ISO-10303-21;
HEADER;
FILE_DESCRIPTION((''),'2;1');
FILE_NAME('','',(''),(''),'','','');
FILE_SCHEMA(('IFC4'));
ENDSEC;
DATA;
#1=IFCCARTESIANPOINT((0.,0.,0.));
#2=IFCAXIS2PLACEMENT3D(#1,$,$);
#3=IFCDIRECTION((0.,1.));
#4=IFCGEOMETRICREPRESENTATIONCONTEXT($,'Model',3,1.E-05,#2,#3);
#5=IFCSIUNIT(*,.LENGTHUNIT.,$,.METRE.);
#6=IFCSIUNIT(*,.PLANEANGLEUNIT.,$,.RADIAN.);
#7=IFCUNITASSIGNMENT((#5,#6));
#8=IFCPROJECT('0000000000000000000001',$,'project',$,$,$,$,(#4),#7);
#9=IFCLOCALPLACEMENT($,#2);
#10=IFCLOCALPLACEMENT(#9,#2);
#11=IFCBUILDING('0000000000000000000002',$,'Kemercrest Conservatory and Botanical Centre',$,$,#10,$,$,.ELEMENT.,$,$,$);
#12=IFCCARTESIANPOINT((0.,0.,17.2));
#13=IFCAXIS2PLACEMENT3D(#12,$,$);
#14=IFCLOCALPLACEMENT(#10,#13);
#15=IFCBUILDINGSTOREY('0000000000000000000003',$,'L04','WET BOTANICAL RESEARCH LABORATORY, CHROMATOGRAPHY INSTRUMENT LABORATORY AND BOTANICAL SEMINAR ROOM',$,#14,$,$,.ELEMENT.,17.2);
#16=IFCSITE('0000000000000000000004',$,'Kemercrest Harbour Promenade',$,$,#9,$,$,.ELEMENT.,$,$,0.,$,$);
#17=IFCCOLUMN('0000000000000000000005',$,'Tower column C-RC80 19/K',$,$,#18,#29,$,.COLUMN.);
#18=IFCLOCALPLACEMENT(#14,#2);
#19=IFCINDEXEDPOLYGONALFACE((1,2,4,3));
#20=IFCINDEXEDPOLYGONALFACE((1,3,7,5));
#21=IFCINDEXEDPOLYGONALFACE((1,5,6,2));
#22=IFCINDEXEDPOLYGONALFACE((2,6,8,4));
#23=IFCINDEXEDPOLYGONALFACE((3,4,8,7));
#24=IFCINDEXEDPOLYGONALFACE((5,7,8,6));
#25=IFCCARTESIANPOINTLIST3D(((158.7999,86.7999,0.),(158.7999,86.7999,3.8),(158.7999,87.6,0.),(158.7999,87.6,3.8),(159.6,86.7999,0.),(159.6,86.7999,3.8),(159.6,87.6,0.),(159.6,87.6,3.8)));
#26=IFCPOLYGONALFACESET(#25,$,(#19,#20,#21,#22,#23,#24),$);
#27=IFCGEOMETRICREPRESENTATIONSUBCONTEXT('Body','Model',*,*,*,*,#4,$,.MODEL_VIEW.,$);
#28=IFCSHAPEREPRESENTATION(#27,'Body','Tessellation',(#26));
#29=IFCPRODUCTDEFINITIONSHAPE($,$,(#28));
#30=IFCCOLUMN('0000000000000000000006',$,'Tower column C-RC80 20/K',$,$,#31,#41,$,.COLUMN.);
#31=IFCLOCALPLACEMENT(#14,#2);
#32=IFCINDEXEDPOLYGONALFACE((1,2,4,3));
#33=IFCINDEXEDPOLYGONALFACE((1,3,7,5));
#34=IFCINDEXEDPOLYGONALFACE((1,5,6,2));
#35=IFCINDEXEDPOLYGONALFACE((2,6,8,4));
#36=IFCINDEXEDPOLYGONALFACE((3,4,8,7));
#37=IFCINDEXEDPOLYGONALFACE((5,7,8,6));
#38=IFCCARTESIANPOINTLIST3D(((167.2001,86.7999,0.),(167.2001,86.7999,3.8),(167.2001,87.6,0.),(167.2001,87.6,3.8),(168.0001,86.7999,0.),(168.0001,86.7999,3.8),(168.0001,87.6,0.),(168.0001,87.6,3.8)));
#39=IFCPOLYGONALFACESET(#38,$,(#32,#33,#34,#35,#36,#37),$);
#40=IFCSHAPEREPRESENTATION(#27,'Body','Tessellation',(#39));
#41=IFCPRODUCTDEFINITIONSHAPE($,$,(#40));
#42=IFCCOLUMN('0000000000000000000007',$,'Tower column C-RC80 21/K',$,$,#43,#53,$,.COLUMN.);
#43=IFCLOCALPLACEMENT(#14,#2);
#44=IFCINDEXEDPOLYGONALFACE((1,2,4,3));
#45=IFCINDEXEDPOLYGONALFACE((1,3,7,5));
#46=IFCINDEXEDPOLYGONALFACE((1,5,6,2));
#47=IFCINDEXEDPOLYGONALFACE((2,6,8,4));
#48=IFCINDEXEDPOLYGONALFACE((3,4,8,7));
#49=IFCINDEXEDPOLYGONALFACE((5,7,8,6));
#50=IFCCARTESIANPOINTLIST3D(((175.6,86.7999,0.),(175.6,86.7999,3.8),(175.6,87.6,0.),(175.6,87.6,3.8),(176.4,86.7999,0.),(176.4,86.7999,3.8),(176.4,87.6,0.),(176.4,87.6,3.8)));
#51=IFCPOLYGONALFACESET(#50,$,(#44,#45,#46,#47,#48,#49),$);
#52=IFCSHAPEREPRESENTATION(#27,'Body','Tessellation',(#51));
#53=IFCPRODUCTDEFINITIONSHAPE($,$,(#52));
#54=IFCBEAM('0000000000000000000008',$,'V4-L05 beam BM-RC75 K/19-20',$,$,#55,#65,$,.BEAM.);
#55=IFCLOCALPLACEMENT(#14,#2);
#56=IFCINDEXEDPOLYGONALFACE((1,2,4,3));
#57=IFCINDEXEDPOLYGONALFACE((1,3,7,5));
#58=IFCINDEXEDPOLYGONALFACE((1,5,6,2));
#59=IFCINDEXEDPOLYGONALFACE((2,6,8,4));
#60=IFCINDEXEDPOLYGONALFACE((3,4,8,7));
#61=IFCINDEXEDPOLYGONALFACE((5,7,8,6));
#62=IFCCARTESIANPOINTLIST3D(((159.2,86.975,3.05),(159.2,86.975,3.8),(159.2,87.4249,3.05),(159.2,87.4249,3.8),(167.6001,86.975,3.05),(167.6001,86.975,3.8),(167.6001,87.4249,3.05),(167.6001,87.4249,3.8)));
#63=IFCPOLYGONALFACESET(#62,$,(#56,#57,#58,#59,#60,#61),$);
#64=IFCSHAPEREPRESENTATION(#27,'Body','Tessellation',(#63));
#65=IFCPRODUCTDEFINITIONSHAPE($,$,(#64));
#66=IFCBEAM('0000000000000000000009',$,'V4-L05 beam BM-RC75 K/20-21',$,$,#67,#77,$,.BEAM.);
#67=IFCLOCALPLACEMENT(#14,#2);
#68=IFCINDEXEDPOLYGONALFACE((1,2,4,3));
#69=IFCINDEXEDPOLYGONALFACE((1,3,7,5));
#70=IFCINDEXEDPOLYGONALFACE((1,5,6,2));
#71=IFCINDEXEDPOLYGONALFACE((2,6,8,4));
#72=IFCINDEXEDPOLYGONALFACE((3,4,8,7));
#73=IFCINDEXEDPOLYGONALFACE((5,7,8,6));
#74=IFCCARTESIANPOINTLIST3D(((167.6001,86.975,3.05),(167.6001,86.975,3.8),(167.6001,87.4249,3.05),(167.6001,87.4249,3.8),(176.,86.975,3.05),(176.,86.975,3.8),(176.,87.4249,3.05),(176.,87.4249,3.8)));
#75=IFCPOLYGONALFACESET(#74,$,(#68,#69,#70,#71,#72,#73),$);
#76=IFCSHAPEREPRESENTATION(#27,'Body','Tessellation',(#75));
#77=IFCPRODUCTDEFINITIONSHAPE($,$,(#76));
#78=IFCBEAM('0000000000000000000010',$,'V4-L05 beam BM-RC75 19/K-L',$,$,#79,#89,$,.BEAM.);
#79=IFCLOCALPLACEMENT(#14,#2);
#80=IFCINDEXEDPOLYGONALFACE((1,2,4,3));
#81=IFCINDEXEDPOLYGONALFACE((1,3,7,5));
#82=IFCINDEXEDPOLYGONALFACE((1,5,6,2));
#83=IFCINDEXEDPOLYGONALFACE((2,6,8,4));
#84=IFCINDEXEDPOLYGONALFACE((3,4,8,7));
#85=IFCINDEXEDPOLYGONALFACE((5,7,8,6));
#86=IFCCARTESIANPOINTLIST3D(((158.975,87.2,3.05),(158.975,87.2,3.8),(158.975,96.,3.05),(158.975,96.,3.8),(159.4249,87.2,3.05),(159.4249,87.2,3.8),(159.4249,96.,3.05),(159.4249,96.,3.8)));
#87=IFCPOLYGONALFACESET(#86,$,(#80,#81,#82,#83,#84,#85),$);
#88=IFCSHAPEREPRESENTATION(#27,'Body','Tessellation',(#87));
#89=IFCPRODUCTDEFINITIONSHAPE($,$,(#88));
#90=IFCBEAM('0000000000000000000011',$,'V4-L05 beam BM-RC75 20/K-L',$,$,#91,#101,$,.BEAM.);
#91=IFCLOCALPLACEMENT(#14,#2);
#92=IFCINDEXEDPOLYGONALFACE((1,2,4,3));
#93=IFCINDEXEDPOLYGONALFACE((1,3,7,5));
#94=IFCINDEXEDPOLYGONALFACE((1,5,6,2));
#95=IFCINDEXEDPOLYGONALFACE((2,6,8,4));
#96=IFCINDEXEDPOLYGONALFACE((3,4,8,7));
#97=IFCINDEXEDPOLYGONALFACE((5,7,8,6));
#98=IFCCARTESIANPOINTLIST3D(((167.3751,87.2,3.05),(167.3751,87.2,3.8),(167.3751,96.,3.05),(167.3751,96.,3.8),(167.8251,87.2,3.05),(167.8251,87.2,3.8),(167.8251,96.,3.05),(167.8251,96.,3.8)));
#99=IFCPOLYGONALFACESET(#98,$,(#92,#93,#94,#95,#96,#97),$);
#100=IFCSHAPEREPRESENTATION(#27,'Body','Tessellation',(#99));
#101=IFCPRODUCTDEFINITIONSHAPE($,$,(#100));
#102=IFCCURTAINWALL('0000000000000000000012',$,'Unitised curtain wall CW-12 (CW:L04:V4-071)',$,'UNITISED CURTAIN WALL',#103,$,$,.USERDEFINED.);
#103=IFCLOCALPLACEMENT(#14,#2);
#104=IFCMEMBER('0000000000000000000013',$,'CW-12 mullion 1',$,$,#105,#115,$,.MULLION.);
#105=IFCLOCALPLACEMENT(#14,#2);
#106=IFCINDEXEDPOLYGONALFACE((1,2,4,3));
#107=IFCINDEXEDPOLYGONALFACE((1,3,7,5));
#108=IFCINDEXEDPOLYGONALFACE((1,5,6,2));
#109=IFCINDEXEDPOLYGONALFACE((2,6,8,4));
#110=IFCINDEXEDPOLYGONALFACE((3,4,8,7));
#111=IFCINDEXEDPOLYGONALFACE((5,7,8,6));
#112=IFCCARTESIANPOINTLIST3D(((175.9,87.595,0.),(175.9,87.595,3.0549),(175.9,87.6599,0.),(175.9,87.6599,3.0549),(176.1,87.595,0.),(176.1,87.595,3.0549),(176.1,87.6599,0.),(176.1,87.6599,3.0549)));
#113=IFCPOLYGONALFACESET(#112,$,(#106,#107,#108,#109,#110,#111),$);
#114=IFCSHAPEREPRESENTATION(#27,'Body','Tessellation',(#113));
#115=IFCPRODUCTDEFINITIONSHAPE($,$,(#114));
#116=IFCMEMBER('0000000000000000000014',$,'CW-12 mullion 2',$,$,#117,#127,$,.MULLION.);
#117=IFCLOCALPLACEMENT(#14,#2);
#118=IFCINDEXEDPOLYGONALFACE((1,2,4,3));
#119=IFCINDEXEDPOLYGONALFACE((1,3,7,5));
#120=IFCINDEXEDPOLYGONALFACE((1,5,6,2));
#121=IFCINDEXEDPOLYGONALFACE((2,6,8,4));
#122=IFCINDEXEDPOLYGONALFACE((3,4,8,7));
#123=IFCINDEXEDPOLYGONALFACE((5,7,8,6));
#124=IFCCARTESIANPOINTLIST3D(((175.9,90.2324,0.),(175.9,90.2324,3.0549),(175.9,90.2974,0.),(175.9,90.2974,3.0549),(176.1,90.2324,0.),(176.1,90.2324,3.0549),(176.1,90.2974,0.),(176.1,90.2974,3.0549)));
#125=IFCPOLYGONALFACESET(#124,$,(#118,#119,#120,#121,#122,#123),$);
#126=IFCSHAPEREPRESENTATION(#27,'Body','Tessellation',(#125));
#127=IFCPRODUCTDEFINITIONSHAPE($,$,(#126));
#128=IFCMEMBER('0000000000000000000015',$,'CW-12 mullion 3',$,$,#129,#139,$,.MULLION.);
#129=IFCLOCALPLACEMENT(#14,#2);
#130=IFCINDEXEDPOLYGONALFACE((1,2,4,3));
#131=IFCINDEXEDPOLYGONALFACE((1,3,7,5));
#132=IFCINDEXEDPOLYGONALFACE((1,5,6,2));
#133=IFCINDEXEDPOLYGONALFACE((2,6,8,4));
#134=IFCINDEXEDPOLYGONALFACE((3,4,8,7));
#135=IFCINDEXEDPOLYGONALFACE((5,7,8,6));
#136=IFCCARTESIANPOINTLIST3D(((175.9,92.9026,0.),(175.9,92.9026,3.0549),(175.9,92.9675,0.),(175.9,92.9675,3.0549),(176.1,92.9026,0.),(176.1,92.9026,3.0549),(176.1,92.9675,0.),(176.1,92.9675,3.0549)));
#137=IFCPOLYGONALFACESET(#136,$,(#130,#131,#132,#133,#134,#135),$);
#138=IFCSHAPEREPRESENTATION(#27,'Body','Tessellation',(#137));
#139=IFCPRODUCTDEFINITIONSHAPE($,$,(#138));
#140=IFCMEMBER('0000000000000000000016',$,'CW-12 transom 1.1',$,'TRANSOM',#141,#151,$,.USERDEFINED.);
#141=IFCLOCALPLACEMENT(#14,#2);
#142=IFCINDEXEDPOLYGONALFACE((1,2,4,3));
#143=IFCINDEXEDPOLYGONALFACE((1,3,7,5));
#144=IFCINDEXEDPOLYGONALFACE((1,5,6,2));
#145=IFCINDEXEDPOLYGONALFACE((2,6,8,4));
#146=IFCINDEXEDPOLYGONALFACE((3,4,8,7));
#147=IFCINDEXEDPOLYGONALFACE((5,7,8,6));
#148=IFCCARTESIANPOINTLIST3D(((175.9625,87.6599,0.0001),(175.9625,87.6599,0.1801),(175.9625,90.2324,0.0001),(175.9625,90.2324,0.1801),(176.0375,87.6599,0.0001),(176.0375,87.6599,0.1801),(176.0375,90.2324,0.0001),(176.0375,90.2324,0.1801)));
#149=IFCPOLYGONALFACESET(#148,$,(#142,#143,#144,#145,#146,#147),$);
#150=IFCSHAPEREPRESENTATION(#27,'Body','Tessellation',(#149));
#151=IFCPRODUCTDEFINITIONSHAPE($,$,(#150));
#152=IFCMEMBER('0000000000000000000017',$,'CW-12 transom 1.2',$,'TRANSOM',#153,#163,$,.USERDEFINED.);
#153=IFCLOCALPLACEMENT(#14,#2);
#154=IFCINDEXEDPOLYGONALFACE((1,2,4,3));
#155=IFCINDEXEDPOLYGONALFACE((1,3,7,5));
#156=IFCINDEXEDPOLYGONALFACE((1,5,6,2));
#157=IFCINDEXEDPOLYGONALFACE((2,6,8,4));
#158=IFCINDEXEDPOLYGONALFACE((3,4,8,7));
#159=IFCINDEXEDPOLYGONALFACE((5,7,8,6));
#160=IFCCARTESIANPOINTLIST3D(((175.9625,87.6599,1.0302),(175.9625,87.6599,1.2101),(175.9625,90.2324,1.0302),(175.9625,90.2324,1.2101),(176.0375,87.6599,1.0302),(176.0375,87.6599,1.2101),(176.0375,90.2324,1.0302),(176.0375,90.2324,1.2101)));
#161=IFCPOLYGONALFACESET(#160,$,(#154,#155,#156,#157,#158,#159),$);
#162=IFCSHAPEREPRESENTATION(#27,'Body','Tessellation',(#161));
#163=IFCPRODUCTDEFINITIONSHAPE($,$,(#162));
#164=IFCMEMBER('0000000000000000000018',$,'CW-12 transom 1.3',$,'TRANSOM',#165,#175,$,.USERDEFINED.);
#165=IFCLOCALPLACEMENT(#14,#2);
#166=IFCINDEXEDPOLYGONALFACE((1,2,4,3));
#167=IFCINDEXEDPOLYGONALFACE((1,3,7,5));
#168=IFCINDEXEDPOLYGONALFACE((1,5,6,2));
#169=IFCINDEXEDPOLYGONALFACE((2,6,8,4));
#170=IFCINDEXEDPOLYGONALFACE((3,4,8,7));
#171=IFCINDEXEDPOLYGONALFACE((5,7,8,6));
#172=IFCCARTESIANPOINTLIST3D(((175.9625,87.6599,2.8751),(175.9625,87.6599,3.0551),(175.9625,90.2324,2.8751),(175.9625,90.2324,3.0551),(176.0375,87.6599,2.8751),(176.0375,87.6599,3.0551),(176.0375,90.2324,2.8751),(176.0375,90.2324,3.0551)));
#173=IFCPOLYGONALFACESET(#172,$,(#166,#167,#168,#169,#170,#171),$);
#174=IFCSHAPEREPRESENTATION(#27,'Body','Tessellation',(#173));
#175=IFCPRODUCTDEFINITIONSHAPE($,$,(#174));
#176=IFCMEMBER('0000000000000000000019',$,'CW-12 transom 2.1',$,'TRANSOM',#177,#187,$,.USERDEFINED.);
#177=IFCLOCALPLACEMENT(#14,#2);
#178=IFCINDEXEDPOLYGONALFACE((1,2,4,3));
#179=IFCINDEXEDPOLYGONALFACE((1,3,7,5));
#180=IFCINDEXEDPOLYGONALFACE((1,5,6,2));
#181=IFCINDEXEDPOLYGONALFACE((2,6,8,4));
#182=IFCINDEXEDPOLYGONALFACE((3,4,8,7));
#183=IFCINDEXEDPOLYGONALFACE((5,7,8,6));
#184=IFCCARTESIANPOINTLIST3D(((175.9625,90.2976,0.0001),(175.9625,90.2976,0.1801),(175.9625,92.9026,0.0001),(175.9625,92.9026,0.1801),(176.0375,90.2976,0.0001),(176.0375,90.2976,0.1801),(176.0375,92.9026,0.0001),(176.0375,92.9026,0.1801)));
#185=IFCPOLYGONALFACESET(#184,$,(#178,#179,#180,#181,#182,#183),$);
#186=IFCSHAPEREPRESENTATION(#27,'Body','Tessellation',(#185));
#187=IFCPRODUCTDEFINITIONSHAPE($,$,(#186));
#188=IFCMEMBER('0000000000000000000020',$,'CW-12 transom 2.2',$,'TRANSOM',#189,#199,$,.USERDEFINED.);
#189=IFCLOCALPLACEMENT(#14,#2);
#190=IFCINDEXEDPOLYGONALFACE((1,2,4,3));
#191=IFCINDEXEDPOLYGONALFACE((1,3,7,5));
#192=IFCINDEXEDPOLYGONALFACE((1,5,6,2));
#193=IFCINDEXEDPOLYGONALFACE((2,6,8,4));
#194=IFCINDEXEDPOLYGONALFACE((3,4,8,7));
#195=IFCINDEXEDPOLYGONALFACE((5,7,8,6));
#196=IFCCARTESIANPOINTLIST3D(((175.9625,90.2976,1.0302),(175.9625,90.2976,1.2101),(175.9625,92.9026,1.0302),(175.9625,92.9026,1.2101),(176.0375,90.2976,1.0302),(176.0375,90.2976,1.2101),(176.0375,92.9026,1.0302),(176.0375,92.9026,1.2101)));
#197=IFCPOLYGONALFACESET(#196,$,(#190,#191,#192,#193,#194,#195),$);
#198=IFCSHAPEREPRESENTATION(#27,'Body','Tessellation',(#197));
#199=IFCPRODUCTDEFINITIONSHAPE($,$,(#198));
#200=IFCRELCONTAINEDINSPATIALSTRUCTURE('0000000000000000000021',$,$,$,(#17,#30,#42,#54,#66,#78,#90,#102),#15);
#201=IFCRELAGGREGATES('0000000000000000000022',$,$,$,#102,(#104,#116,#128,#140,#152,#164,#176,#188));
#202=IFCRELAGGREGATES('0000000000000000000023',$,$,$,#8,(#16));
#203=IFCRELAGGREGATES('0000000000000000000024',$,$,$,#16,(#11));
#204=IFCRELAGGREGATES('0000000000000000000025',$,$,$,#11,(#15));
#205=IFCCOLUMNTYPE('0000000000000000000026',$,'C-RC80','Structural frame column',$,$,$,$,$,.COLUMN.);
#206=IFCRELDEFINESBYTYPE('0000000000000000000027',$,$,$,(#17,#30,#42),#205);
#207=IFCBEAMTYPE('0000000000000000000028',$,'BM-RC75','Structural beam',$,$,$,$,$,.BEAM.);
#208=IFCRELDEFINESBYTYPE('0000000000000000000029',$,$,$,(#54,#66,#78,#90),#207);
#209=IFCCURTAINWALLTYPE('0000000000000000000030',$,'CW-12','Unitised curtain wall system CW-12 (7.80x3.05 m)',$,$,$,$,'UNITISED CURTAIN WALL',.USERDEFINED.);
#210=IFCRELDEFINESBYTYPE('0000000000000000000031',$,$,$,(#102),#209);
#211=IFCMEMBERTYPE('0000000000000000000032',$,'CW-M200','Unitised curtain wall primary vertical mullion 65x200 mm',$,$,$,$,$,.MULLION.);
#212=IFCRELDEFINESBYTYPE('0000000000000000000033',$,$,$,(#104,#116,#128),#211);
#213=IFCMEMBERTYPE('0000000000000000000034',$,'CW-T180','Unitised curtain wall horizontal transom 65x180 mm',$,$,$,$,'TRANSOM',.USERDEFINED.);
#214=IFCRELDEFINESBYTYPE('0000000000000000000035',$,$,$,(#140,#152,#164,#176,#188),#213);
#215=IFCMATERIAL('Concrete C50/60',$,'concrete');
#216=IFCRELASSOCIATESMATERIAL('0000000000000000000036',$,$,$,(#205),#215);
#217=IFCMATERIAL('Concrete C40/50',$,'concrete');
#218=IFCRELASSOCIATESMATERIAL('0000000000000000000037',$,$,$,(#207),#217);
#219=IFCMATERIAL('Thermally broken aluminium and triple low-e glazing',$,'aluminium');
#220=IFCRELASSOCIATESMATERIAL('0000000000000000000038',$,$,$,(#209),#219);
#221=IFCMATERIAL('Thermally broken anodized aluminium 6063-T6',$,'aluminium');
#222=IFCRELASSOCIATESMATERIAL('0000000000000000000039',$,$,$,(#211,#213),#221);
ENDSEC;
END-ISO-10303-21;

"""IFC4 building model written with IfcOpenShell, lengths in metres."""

from ifc_helpers import new_model, si_unit, direction, frame, origin, origin_2d, place, context, subcontext, project, spatial, rectangle, extrude, material, material_profile, profile_set, type_object, element, aggregate, save


model = new_model("IFC4")

# Units and contexts
model_context = context("Model", 3, precision=1e-05, world=origin(), true_north=direction((0.0, 1.0)))
body_context = subcontext(model_context, "Body", "Model", "MODEL_VIEW")
ifc_project = project(units=[si_unit("LENGTHUNIT", "METRE"), si_unit("PLANEANGLEUNIT", "RADIAN")], contexts=[model_context])

# Site, building, storey
site_placement = place(None, origin())
site = spatial("IfcSite", under=ifc_project, at=site_placement, Name="Kemercrest Harbour Promenade", CompositionType="ELEMENT", RefElevation=0.0)
building_placement = place(site_placement, origin())
building = spatial("IfcBuilding", under=site, at=building_placement, Name="Kemercrest Conservatory and Botanical Centre", CompositionType="ELEMENT")
storey_placement = place(building_placement, frame((0.0, 0.0, 17.2)))
storey = spatial("IfcBuildingStorey", under=building, at=storey_placement, Name="L04", Description="WET BOTANICAL RESEARCH LABORATORY, CHROMATOGRAPHY INSTRUMENT LABORATORY AND BOTANICAL SEMINAR ROOM", CompositionType="ELEMENT", Elevation=17.2)

# Columns
ifc_material_1 = material(Name="Concrete C50/60", Category="concrete")
ifc_material_profile_1 = material_profile(ifc_material_1, rectangle(XDim=0.8, YDim=0.8, at=origin_2d()), Name="RC 800x800")
ifc_profile_set_1 = profile_set([ifc_material_profile_1], Name="Concrete C50/60")
column_type = type_object("IfcColumnType", Name="C-RC80", Description="Structural frame column", PredefinedType="COLUMN", material=ifc_profile_set_1)
for number, where, z_axis, x_axis, name in (
    (1, (159.2, 87.2, 0.0), (0.0, 0.0, 1.0), (1.0, 0.0, 0.0), "Tower column C-RC80 19/K"),
    (2, (167.6001, 87.2, 0.0), (0.0, 0.0, 1.0), (1.0, 0.0, 0.0), "Tower column C-RC80 20/K"),
    (3, (176.0, 87.2, 0.0), (0.0, 0.0, 1.0), (1.0, 0.0, 0.0), "Tower column C-RC80 21/K"),
):
    element("IfcColumn", number, at=place(storey_placement, frame(where, z_axis=z_axis, x_axis=x_axis)), inside=storey, type_object=column_type, Name=name, PredefinedType="COLUMN", context=body_context, shape_type="SweptSolid", body=[
        extrude(rectangle(XDim=0.8, YDim=0.8, at=origin_2d()), origin(), (0.0, 0.0, 1.0), 3.8),
    ])

# Beams
ifc_material_2 = material(Name="Concrete C40/50", Category="concrete")
ifc_material_profile_2 = material_profile(ifc_material_2, rectangle(XDim=0.45, YDim=0.75, at=origin_2d()), Name="RC 450x750")
ifc_profile_set_2 = profile_set([ifc_material_profile_2], Name="Concrete C40/50")
beam_type_1 = type_object("IfcBeamType", Name="BM-RC75", Description="Structural beam", PredefinedType="BEAM", material=ifc_profile_set_2)
beam_1_placement = place(storey_placement, frame((159.2, 87.2, 3.425), z_axis=(1.0, 0.0, 0.0), x_axis=(0.0, 1.0, 0.0)))
element("IfcBeam", 4, at=beam_1_placement, inside=storey, type_object=beam_type_1, Name="V4-L05 beam BM-RC75 K/19-20", PredefinedType="BEAM", context=body_context, shape_type="SweptSolid", body=[
    extrude(rectangle(XDim=0.45, YDim=0.75, at=origin_2d()), origin(), (0.0, 0.0, 1.0), 8.4001),
])
beam_2_placement = place(storey_placement, frame((167.6001, 87.2, 3.425), z_axis=(1.0, 0.0, 0.0), x_axis=(0.0, 1.0, 0.0)))
element("IfcBeam", 5, at=beam_2_placement, inside=storey, type_object=beam_type_1, Name="V4-L05 beam BM-RC75 K/20-21", PredefinedType="BEAM", context=body_context, shape_type="SweptSolid", body=[
    extrude(rectangle(XDim=0.45, YDim=0.75, at=origin_2d()), origin(), (0.0, 0.0, 1.0), 8.3999),
])
for number, where, z_axis, x_axis, name in (
    (6, (159.2, 87.2, 3.425), (0.0, 1.0, 0.0), (-1.0, 0.0, 0.0), "V4-L05 beam BM-RC75 19/K-L"),
    (7, (167.6001, 87.2, 3.425), (0.0, 1.0, 0.0), (-1.0, 0.0, 0.0), "V4-L05 beam BM-RC75 20/K-L"),
):
    element("IfcBeam", number, at=place(storey_placement, frame(where, z_axis=z_axis, x_axis=x_axis)), inside=storey, type_object=beam_type_1, Name=name, PredefinedType="BEAM", context=body_context, shape_type="SweptSolid", body=[
        extrude(rectangle(XDim=0.45, YDim=0.75, at=origin_2d()), origin(), (0.0, 0.0, 1.0), 8.8),
    ])

# Curtain wall, members
ifc_material_3 = material(Name="Thermally broken aluminium and triple low-e glazing", Category="aluminium")
curtain_wall_type = type_object("IfcCurtainWallType", Name="CW-12", Description="Unitised curtain wall system CW-12 (7.80x3.05 m)", ElementType="UNITISED CURTAIN WALL", PredefinedType="USERDEFINED", material=ifc_material_3)
curtain_wall_placement = place(storey_placement, origin())
curtain_wall = element("IfcCurtainWall", 8, at=curtain_wall_placement, inside=storey, type_object=curtain_wall_type, Name="Unitised curtain wall CW-12 (CW:L04:V4-071)", ObjectType="UNITISED CURTAIN WALL", PredefinedType="USERDEFINED")
ifc_material_4 = material(Name="Thermally broken anodized aluminium 6063-T6", Category="aluminium")
ifc_material_profile_3 = material_profile(ifc_material_4, rectangle(XDim=0.2, YDim=0.0649, at=origin_2d()), Name="AL MULLION 65x200")
ifc_profile_set_3 = profile_set([ifc_material_profile_3], Name="Thermally broken anodized aluminium 6063-T6")
member_type_1 = type_object("IfcMemberType", Name="CW-M200", Description="Unitised curtain wall primary vertical mullion 65x200 mm", PredefinedType="MULLION", material=ifc_profile_set_3)
member_1_placement = place(storey_placement, frame((176.0, 87.6274, 0.0), z_axis=(0.0, 0.0, 1.0), x_axis=(-1.0, 0.0, 0.0)))
member_1 = element("IfcMember", 9, at=member_1_placement, type_object=member_type_1, Name="CW-12 mullion 1", PredefinedType="MULLION", context=body_context, shape_type="SweptSolid", body=[
    extrude(rectangle(XDim=0.2, YDim=0.0649, at=origin_2d()), origin(), (0.0, 0.0, 1.0), 3.0549),
])
member_2_placement = place(storey_placement, frame((176.0, 90.2649, 0.0), z_axis=(0.0, 0.0, 1.0), x_axis=(-1.0, 0.0, 0.0)))
member_2 = element("IfcMember", 10, at=member_2_placement, type_object=member_type_1, Name="CW-12 mullion 2", PredefinedType="MULLION", context=body_context, shape_type="SweptSolid", body=[
    extrude(rectangle(XDim=0.2, YDim=0.0649, at=origin_2d()), origin(), (0.0, 0.0, 1.0), 3.0549),
])
member_3_placement = place(storey_placement, frame((176.0, 92.9351, 0.0), z_axis=(0.0, 0.0, 1.0), x_axis=(-1.0, 0.0, 0.0)))
member_3 = element("IfcMember", 11, at=member_3_placement, type_object=member_type_1, Name="CW-12 mullion 3", PredefinedType="MULLION", context=body_context, shape_type="SweptSolid", body=[
    extrude(rectangle(XDim=0.2, YDim=0.0649, at=origin_2d()), origin(), (0.0, 0.0, 1.0), 3.0549),
])
ifc_material_profile_4 = material_profile(ifc_material_4, rectangle(XDim=0.075, YDim=0.1799, at=origin_2d()), Name="AL TRANSOM 75x180")
ifc_profile_set_4 = profile_set([ifc_material_profile_4], Name="Thermally broken anodized aluminium 6063-T6")
member_type_2 = type_object("IfcMemberType", Name="CW-T180", Description="Unitised curtain wall horizontal transom 65x180 mm", ElementType="TRANSOM", PredefinedType="USERDEFINED", material=ifc_profile_set_4)
member_4_placement = place(storey_placement, frame((176.0, 87.6599, 0.0901), z_axis=(0.0, 1.0, 0.0), x_axis=(-1.0, 0.0, 0.0)))
member_4 = element("IfcMember", 12, at=member_4_placement, type_object=member_type_2, Name="CW-12 transom 1.1", ObjectType="TRANSOM", PredefinedType="USERDEFINED", context=body_context, shape_type="SweptSolid", body=[
    extrude(rectangle(XDim=0.075, YDim=0.1799, at=origin_2d()), origin(), (0.0, 0.0, 1.0), 2.5725),
])
member_5_placement = place(storey_placement, frame((176.0, 87.6599, 1.1201), z_axis=(0.0, 1.0, 0.0), x_axis=(-1.0, 0.0, 0.0)))
member_5 = element("IfcMember", 13, at=member_5_placement, type_object=member_type_2, Name="CW-12 transom 1.2", ObjectType="TRANSOM", PredefinedType="USERDEFINED", context=body_context, shape_type="SweptSolid", body=[
    extrude(rectangle(XDim=0.075, YDim=0.1799, at=origin_2d()), origin(), (0.0, 0.0, 1.0), 2.5725),
])
member_6_placement = place(storey_placement, frame((176.0, 87.6599, 2.9651), z_axis=(0.0, 1.0, 0.0), x_axis=(-1.0, 0.0, 0.0)))
member_6 = element("IfcMember", 14, at=member_6_placement, type_object=member_type_2, Name="CW-12 transom 1.3", ObjectType="TRANSOM", PredefinedType="USERDEFINED", context=body_context, shape_type="SweptSolid", body=[
    extrude(rectangle(XDim=0.075, YDim=0.1799, at=origin_2d()), origin(), (0.0, 0.0, 1.0), 2.5725),
])
member_7_placement = place(storey_placement, frame((176.0, 90.2976, 0.0901), z_axis=(0.0, 1.0, 0.0), x_axis=(-1.0, 0.0, 0.0)))
member_7 = element("IfcMember", 15, at=member_7_placement, type_object=member_type_2, Name="CW-12 transom 2.1", ObjectType="TRANSOM", PredefinedType="USERDEFINED", context=body_context, shape_type="SweptSolid", body=[
    extrude(rectangle(XDim=0.075, YDim=0.1799, at=origin_2d()), origin(), (0.0, 0.0, 1.0), 2.605),
])
member_8_placement = place(storey_placement, frame((176.0, 90.2976, 1.1201), z_axis=(0.0, 1.0, 0.0), x_axis=(-1.0, 0.0, 0.0)))
member_8 = element("IfcMember", 16, at=member_8_placement, type_object=member_type_2, Name="CW-12 transom 2.2", ObjectType="TRANSOM", PredefinedType="USERDEFINED", context=body_context, shape_type="SweptSolid", body=[
    extrude(rectangle(XDim=0.075, YDim=0.1799, at=origin_2d()), origin(), (0.0, 0.0, 1.0), 2.605),
])

aggregate(curtain_wall, [member_1, member_2, member_3, member_4, member_5, member_6, member_7, member_8])

save(model, "model.ifc")
